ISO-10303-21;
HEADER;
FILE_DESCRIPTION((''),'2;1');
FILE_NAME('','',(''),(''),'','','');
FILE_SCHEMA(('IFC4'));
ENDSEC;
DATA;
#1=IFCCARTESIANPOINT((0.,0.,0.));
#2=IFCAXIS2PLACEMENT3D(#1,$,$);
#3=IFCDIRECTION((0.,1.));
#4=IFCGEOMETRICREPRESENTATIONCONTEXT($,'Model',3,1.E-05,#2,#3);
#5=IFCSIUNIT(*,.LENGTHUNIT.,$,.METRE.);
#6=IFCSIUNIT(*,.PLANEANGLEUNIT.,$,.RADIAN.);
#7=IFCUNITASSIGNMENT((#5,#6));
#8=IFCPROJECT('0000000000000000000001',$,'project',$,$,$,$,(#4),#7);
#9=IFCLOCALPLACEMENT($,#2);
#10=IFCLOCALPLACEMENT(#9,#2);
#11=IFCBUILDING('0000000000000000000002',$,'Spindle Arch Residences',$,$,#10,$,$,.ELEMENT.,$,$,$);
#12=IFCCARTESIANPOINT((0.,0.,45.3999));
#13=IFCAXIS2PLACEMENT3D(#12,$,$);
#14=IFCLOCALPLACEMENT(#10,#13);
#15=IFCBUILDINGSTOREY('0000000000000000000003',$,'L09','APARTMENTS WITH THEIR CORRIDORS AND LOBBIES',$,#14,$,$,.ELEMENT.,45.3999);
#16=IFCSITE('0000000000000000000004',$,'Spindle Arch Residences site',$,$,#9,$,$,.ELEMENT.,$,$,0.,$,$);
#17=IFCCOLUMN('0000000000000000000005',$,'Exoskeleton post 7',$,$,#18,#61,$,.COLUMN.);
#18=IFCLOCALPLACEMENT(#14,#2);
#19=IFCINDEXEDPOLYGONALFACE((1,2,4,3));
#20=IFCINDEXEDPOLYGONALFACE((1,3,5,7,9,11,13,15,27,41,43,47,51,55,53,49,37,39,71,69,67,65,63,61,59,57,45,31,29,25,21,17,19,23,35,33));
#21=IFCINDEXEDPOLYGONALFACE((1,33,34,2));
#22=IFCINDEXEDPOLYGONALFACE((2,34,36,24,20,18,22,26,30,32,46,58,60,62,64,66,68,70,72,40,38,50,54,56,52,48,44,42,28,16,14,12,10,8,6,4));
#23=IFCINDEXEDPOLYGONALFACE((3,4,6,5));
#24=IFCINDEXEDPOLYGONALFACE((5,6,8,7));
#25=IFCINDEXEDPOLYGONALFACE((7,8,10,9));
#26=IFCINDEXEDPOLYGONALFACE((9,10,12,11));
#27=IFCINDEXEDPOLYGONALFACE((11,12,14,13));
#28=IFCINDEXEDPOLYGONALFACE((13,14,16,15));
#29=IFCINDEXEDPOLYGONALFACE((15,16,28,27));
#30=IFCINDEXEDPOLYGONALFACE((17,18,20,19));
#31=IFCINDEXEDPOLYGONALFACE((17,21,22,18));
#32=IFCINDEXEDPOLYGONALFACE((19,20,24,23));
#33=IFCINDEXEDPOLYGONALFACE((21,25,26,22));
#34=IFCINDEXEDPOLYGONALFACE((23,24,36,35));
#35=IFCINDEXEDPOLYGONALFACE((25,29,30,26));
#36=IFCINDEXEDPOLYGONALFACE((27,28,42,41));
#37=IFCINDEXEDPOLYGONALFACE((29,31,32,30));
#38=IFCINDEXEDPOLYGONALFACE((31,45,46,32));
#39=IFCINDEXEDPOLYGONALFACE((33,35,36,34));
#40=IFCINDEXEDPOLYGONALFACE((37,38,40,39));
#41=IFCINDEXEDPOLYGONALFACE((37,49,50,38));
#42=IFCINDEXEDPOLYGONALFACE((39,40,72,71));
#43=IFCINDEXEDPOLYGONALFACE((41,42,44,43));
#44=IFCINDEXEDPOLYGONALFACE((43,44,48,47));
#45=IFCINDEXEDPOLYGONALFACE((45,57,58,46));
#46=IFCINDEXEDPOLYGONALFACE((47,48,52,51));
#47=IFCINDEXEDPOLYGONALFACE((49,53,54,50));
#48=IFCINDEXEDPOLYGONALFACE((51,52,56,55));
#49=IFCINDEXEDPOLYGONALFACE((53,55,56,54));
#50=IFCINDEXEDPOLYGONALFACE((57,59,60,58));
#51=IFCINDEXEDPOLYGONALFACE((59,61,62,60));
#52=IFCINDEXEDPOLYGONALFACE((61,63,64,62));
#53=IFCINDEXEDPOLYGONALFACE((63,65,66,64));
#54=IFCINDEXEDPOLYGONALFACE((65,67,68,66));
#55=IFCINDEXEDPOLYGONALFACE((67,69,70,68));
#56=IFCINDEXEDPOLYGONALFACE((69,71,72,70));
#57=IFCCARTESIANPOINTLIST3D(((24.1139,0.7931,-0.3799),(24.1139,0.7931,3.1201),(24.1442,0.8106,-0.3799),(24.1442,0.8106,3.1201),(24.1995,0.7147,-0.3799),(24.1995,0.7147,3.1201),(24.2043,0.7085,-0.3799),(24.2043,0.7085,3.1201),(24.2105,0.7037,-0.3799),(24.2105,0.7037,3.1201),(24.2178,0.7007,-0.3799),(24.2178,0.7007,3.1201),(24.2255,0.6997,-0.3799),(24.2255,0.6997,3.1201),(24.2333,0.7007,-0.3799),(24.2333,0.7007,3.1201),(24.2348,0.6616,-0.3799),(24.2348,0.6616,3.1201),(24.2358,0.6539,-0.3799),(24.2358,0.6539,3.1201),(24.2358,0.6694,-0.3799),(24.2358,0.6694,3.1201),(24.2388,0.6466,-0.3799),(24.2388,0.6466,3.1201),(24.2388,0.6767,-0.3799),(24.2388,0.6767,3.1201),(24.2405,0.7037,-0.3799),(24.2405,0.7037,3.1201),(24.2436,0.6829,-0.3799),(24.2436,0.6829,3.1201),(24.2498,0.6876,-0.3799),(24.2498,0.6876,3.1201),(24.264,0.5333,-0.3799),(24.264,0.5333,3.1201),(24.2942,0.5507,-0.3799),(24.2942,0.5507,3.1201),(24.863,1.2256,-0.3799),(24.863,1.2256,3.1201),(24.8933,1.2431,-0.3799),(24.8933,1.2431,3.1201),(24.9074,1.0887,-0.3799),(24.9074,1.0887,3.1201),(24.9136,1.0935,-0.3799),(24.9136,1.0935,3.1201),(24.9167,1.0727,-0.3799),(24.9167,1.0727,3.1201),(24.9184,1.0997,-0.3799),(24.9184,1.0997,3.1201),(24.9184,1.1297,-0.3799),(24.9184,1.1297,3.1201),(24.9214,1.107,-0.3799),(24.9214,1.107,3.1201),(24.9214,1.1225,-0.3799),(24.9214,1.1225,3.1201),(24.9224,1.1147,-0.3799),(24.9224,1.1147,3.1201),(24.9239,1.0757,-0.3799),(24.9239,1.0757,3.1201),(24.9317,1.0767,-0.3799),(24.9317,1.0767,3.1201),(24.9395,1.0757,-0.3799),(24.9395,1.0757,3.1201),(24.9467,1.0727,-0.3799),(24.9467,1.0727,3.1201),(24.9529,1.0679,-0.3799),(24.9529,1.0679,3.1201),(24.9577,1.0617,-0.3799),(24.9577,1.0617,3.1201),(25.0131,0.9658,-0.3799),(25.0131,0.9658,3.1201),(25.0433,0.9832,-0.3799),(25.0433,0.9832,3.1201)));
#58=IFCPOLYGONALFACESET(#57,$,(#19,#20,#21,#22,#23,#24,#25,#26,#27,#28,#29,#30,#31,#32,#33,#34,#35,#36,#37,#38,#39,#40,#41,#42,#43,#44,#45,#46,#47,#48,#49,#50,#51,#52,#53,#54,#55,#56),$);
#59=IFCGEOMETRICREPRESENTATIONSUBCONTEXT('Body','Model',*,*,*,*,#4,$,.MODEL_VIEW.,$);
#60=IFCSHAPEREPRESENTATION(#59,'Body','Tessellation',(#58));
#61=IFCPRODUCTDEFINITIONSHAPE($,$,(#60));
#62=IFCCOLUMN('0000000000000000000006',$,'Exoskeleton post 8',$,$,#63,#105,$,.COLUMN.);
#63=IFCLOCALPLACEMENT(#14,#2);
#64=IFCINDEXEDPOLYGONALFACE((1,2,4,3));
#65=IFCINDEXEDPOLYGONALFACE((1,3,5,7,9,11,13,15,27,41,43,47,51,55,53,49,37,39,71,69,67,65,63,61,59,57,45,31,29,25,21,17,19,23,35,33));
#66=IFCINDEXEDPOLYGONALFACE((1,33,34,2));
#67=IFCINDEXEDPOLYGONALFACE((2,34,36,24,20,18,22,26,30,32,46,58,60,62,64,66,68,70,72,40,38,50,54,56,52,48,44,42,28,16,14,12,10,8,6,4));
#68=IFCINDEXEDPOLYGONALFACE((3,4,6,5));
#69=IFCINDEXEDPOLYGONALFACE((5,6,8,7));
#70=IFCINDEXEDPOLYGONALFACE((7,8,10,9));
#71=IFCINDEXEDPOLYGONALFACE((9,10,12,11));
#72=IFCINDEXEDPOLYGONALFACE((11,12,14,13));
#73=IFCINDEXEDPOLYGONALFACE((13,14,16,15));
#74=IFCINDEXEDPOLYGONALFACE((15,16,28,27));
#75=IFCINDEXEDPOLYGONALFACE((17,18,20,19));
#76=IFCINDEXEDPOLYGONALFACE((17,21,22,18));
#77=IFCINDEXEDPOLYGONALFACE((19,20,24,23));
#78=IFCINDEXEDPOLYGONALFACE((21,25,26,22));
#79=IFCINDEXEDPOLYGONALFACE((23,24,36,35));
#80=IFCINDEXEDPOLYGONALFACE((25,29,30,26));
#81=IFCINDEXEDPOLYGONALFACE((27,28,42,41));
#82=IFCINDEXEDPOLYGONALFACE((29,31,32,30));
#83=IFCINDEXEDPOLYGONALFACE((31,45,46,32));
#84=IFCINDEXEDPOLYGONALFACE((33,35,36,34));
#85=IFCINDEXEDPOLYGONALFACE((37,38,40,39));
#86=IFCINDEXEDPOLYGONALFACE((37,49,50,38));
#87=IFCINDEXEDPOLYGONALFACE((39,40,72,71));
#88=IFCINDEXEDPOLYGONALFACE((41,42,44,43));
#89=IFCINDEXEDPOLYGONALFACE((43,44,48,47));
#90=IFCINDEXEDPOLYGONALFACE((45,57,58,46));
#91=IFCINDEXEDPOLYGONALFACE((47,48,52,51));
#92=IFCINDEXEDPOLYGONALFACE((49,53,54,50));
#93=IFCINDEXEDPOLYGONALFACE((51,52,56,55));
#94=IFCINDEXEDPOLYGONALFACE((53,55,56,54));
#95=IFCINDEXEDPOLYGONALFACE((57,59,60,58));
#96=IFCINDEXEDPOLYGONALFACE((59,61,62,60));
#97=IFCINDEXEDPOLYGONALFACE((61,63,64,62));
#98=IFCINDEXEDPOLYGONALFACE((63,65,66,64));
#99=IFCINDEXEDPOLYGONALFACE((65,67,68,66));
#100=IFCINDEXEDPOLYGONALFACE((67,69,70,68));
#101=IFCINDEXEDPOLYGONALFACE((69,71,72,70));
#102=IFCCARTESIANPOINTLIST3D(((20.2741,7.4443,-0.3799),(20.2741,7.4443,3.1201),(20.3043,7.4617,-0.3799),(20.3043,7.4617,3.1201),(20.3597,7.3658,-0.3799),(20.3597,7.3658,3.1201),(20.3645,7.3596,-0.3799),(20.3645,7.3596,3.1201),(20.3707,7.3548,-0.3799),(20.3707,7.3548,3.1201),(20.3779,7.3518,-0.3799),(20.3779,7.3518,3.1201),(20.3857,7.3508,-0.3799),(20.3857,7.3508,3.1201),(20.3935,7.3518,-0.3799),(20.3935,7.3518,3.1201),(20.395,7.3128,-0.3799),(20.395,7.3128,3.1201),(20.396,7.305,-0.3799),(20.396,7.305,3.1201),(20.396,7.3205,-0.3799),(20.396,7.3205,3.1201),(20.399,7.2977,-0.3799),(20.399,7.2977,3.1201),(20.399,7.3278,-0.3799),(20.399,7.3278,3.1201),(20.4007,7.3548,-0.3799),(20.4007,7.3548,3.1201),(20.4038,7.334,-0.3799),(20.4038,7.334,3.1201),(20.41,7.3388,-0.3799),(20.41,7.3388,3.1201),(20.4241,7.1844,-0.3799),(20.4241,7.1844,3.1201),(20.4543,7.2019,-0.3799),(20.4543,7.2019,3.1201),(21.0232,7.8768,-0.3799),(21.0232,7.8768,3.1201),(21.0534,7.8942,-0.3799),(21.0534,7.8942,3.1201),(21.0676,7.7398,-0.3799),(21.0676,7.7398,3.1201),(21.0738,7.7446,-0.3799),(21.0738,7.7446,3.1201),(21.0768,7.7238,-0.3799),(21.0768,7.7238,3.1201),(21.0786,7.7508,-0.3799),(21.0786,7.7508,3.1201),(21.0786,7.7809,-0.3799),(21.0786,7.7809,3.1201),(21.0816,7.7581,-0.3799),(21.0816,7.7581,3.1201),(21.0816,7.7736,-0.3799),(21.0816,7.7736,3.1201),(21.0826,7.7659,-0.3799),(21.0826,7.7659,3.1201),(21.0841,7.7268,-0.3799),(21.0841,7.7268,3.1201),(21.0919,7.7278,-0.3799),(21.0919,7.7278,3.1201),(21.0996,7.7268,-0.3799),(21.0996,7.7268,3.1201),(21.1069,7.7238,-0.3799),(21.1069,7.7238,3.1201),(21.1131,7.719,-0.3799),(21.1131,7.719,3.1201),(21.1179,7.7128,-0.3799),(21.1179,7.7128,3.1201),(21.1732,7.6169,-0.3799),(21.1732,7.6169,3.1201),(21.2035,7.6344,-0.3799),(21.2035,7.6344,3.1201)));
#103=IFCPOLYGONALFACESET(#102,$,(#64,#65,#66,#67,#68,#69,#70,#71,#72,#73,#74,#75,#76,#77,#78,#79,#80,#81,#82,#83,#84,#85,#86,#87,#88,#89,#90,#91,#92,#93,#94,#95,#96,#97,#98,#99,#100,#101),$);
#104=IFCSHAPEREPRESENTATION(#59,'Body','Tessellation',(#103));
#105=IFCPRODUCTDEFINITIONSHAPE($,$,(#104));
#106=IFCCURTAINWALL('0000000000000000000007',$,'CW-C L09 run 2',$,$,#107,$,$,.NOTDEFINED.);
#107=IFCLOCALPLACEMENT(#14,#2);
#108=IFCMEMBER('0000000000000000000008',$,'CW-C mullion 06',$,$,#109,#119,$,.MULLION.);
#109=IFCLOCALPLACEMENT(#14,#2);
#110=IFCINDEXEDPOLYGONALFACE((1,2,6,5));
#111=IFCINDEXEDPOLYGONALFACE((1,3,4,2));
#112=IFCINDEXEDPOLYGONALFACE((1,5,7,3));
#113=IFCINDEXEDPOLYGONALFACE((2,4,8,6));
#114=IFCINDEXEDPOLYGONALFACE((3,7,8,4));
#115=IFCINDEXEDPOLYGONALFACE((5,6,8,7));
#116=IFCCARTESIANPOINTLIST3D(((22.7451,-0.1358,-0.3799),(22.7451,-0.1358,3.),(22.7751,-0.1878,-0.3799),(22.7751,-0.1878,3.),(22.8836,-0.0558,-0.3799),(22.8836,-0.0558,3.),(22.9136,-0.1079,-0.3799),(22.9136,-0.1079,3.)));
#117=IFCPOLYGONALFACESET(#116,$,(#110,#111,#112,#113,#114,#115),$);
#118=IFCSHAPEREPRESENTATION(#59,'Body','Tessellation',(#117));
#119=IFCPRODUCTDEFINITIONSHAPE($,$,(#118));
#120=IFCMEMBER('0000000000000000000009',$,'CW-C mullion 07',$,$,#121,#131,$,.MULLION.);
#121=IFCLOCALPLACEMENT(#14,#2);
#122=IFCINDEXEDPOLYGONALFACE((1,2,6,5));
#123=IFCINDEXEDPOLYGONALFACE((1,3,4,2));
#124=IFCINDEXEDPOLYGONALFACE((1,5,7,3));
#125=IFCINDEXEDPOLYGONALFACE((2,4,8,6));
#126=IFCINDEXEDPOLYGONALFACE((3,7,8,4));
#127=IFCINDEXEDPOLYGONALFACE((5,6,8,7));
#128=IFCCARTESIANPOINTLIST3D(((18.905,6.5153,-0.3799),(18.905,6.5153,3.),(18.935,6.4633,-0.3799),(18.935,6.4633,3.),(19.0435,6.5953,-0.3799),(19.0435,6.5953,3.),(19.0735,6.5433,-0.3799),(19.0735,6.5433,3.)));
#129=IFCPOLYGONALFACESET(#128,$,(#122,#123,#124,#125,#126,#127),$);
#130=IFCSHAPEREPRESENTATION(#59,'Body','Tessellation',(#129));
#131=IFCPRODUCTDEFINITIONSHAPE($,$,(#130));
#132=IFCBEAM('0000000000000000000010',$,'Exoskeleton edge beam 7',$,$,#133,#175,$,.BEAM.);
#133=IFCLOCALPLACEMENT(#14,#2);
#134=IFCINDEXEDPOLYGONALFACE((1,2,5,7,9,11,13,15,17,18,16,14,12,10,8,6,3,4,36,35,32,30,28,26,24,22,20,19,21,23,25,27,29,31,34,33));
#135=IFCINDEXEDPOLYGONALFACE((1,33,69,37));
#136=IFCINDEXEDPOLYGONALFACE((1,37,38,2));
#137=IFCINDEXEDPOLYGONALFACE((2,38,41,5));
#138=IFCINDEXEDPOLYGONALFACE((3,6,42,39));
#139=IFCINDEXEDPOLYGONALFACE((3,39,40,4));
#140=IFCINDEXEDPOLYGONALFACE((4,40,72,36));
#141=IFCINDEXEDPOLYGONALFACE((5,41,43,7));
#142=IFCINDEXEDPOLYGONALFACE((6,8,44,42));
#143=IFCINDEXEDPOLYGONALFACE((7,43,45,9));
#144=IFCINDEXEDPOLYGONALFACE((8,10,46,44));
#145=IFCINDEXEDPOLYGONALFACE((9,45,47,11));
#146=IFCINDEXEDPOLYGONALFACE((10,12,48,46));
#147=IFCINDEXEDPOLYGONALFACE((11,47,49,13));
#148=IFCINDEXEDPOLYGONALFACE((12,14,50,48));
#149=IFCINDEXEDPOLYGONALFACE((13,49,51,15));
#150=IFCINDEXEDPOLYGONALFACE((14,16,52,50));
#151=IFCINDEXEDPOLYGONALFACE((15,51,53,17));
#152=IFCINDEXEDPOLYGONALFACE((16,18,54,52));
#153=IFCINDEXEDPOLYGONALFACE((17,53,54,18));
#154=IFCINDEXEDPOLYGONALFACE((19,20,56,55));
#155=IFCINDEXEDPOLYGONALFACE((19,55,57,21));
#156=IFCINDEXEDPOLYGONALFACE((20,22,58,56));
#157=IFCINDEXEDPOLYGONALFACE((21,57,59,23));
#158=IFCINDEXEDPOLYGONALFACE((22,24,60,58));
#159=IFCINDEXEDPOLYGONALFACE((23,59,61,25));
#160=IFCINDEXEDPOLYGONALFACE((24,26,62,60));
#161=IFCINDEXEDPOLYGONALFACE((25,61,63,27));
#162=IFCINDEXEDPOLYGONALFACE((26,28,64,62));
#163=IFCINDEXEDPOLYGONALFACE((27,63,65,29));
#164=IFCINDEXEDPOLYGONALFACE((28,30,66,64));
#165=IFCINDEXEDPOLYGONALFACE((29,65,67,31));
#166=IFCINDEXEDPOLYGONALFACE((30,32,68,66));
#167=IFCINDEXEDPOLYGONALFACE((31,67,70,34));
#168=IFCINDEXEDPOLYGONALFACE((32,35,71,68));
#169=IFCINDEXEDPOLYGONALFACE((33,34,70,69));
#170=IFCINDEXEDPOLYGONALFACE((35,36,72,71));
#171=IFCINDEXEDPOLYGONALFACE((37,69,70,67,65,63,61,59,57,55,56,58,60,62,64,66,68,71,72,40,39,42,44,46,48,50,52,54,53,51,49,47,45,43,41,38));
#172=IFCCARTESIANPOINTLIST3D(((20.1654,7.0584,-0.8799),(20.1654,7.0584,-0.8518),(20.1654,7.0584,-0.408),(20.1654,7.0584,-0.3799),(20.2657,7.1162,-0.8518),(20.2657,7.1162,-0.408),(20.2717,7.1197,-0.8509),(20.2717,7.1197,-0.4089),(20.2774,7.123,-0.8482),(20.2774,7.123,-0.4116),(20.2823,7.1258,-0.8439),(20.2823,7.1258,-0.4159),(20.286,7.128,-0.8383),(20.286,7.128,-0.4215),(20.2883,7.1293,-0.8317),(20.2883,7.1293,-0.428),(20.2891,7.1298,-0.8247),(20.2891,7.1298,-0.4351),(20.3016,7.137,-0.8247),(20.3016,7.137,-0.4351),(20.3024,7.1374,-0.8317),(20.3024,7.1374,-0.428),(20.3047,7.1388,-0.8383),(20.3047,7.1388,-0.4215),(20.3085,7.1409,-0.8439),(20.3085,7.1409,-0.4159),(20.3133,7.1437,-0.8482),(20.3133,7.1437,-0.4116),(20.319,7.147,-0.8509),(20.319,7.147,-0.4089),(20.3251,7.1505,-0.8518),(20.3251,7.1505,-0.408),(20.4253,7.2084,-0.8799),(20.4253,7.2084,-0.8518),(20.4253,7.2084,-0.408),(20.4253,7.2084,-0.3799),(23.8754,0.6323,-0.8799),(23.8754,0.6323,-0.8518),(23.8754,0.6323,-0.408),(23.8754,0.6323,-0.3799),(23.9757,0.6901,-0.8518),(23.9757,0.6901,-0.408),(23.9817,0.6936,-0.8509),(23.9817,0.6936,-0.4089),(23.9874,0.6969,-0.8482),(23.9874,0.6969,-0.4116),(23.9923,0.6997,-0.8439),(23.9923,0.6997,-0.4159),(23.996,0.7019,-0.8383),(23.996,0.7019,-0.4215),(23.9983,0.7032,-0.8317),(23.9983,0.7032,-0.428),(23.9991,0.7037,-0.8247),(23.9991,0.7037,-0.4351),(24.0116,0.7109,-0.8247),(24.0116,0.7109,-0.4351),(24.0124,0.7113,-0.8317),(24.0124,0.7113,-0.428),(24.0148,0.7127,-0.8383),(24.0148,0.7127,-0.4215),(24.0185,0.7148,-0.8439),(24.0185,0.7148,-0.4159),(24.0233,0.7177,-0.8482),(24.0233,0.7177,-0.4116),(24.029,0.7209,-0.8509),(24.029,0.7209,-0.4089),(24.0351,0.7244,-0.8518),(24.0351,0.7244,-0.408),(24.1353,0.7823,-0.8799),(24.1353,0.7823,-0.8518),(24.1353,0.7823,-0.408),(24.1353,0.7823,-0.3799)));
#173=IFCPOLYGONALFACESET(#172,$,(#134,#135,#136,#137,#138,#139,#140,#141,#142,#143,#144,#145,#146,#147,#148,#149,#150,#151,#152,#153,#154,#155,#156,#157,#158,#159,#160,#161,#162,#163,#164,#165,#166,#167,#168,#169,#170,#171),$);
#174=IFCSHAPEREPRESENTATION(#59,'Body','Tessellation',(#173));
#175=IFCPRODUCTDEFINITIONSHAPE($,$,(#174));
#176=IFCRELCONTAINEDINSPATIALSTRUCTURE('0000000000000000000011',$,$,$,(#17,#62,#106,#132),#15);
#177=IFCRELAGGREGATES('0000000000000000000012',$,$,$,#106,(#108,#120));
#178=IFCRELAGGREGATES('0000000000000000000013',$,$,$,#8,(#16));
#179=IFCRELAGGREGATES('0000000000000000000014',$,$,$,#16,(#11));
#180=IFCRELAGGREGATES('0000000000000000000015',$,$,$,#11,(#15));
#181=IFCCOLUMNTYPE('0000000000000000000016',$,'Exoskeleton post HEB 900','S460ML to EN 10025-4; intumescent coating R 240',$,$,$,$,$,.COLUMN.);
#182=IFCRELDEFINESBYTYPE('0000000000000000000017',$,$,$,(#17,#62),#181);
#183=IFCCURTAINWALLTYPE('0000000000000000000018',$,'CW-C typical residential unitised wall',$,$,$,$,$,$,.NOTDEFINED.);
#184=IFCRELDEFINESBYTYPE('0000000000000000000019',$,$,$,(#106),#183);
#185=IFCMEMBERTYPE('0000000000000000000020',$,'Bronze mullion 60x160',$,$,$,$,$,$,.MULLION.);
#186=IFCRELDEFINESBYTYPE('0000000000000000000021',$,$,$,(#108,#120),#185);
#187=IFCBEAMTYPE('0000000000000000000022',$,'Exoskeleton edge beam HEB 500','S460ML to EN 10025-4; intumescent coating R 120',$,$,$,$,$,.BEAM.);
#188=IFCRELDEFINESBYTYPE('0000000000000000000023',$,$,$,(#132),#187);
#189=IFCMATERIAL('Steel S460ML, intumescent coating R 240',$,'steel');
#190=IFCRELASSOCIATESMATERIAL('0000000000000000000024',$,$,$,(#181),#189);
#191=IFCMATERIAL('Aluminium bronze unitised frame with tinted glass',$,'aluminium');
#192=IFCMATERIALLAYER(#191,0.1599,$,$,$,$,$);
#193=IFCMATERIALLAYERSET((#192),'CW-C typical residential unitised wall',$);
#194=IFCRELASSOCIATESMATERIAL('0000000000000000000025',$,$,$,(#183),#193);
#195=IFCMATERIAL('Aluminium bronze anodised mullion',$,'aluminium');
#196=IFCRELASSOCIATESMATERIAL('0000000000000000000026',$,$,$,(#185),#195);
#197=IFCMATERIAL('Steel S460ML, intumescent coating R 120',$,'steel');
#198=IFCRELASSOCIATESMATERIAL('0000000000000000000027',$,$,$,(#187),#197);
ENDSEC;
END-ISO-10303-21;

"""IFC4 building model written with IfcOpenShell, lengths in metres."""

from ifc_helpers import new_model, si_unit, direction, frame, origin, origin_2d, place, context, subcontext, project, spatial, rectangle, i_section, extrude, material, layer, layer_set, material_profile, profile_set, type_object, element, aggregate, save


model = new_model("IFC4")

# Units and contexts
model_context = context("Model", 3, precision=1e-05, world=origin(), true_north=direction((0.0, 1.0)))
body_context = subcontext(model_context, "Body", "Model", "MODEL_VIEW")
ifc_project = project(units=[si_unit("LENGTHUNIT", "METRE"), si_unit("PLANEANGLEUNIT", "RADIAN")], contexts=[model_context])

# Site, building, storey
site_placement = place(None, origin())
site = spatial("IfcSite", under=ifc_project, at=site_placement, Name="Spindle Arch Residences site", CompositionType="ELEMENT", RefElevation=0.0)
building_placement = place(site_placement, origin())
building = spatial("IfcBuilding", under=site, at=building_placement, Name="Spindle Arch Residences", CompositionType="ELEMENT")
storey_placement = place(building_placement, frame((0.0, 0.0, 45.3999)))
storey = spatial("IfcBuildingStorey", under=building, at=storey_placement, Name="L09", Description="APARTMENTS WITH THEIR CORRIDORS AND LOBBIES", CompositionType="ELEMENT", Elevation=45.3999)

# Columns
ifc_material_1 = material(Name="Steel S460ML, intumescent coating R 240", Category="steel")
ifc_material_profile_1 = material_profile(ifc_material_1, i_section(OverallWidth=0.3, OverallDepth=0.8999, WebThickness=0.0186, FlangeThickness=0.0349, FilletRadius=0.03, at=origin_2d()), Name="HEB 900")
ifc_profile_set_1 = profile_set([ifc_material_profile_1], Name="Steel S460ML, intumescent coating R 240")
column_type = type_object("IfcColumnType", Name="Exoskeleton post HEB 900", Description="S460ML to EN 10025-4; intumescent coating R 240", PredefinedType="COLUMN", material=ifc_profile_set_1)
for number, where, z_axis, x_axis, name in (
    (1, (24.5786, 0.8882, -0.3799), (0.0, 0.0, 1.0), (0.5, -0.866025, 0.0), "Exoskeleton post 7"),
    (2, (20.7388, 7.5393, -0.3799), (0.0, 0.0, 1.0), (0.5, -0.866025, 0.0), "Exoskeleton post 8"),
):
    element("IfcColumn", number, at=place(storey_placement, frame(where, z_axis=z_axis, x_axis=x_axis)), inside=storey, type_object=column_type, Name=name, PredefinedType="COLUMN", context=body_context, shape_type="SweptSolid", body=[
        extrude(i_section(OverallWidth=0.3, OverallDepth=0.8999, WebThickness=0.0186, FlangeThickness=0.0349, FilletRadius=0.03, at=origin_2d()), origin(), (0.0, 0.0, 1.0), 3.5),
    ])

# Curtain wall, members
ifc_material_2 = material(Name="Aluminium bronze unitised frame with tinted glass", Category="aluminium")
ifc_layer_1 = layer(ifc_material_2, 0.1599)
ifc_layer_set_1 = layer_set([ifc_layer_1], Name="CW-C typical residential unitised wall")
curtain_wall_type = type_object("IfcCurtainWallType", Name="CW-C typical residential unitised wall", PredefinedType="NOTDEFINED", material=ifc_layer_set_1)
curtain_wall_placement = place(storey_placement, origin())
curtain_wall = element("IfcCurtainWall", 3, at=curtain_wall_placement, inside=storey, type_object=curtain_wall_type, Name="CW-C L09 run 2", PredefinedType="NOTDEFINED")
ifc_material_3 = material(Name="Aluminium bronze anodised mullion", Category="aluminium")
ifc_material_profile_2 = material_profile(ifc_material_3, rectangle(XDim=0.1599, YDim=0.0601, at=origin_2d()), Name="MU 60x160")
ifc_profile_set_2 = profile_set([ifc_material_profile_2], Name="Aluminium bronze anodised mullion")
member_type = type_object("IfcMemberType", Name="Bronze mullion 60x160", PredefinedType="MULLION", material=ifc_profile_set_2)
member_1_placement = place(storey_placement, frame((22.8293, -0.1218, -0.3799), z_axis=(0.0, 0.0, 1.0), x_axis=(-0.866025, -0.5, 0.0)))
member_1 = element("IfcMember", 4, at=member_1_placement, type_object=member_type, Name="CW-C mullion 06", PredefinedType="MULLION", context=body_context, shape_type="SweptSolid", body=[
    extrude(rectangle(XDim=0.1599, YDim=0.0601, at=origin_2d()), origin(), (0.0, 0.0, 1.0), 3.3799),
])
member_2_placement = place(storey_placement, frame((18.9893, 6.5293, -0.3799), z_axis=(0.0, 0.0, 1.0), x_axis=(-0.866025, -0.5, 0.0)))
member_2 = element("IfcMember", 5, at=member_2_placement, type_object=member_type, Name="CW-C mullion 07", PredefinedType="MULLION", context=body_context, shape_type="SweptSolid", body=[
    extrude(rectangle(XDim=0.1599, YDim=0.0601, at=origin_2d()), origin(), (0.0, 0.0, 1.0), 3.3799),
])

# Beam
ifc_material_4 = material(Name="Steel S460ML, intumescent coating R 120", Category="steel")
ifc_material_profile_3 = material_profile(ifc_material_4, i_section(OverallWidth=0.3, OverallDepth=0.5, WebThickness=0.0144, FlangeThickness=0.0281, FilletRadius=0.0271, at=origin_2d()), Name="HEB 500")
ifc_profile_set_3 = profile_set([ifc_material_profile_3], Name="Steel S460ML, intumescent coating R 120")
beam_type_1 = type_object("IfcBeamType", Name="Exoskeleton edge beam HEB 500", Description="S460ML to EN 10025-4; intumescent coating R 120", PredefinedType="BEAM", material=ifc_profile_set_3)
for number, where, z_axis, x_axis, name in (
    (6, (24.0054, 0.7073, -0.6299), (-0.499989, 0.866032, 0.0), (-0.866032, -0.499989, 0.0), "Exoskeleton edge beam 7"),
):
    element("IfcBeam", number, at=place(storey_placement, frame(where, z_axis=z_axis, x_axis=x_axis)), inside=storey, type_object=beam_type_1, Name=name, PredefinedType="BEAM", context=body_context, shape_type="SweptSolid", body=[
        extrude(i_section(OverallWidth=0.3, OverallDepth=0.5, WebThickness=0.0144, FlangeThickness=0.0281, FilletRadius=0.0271, at=origin_2d()), origin(), (0.0, 0.0, 1.0), 7.4202),
    ])

aggregate(curtain_wall, [member_1, member_2])

save(model, "model.ifc")
